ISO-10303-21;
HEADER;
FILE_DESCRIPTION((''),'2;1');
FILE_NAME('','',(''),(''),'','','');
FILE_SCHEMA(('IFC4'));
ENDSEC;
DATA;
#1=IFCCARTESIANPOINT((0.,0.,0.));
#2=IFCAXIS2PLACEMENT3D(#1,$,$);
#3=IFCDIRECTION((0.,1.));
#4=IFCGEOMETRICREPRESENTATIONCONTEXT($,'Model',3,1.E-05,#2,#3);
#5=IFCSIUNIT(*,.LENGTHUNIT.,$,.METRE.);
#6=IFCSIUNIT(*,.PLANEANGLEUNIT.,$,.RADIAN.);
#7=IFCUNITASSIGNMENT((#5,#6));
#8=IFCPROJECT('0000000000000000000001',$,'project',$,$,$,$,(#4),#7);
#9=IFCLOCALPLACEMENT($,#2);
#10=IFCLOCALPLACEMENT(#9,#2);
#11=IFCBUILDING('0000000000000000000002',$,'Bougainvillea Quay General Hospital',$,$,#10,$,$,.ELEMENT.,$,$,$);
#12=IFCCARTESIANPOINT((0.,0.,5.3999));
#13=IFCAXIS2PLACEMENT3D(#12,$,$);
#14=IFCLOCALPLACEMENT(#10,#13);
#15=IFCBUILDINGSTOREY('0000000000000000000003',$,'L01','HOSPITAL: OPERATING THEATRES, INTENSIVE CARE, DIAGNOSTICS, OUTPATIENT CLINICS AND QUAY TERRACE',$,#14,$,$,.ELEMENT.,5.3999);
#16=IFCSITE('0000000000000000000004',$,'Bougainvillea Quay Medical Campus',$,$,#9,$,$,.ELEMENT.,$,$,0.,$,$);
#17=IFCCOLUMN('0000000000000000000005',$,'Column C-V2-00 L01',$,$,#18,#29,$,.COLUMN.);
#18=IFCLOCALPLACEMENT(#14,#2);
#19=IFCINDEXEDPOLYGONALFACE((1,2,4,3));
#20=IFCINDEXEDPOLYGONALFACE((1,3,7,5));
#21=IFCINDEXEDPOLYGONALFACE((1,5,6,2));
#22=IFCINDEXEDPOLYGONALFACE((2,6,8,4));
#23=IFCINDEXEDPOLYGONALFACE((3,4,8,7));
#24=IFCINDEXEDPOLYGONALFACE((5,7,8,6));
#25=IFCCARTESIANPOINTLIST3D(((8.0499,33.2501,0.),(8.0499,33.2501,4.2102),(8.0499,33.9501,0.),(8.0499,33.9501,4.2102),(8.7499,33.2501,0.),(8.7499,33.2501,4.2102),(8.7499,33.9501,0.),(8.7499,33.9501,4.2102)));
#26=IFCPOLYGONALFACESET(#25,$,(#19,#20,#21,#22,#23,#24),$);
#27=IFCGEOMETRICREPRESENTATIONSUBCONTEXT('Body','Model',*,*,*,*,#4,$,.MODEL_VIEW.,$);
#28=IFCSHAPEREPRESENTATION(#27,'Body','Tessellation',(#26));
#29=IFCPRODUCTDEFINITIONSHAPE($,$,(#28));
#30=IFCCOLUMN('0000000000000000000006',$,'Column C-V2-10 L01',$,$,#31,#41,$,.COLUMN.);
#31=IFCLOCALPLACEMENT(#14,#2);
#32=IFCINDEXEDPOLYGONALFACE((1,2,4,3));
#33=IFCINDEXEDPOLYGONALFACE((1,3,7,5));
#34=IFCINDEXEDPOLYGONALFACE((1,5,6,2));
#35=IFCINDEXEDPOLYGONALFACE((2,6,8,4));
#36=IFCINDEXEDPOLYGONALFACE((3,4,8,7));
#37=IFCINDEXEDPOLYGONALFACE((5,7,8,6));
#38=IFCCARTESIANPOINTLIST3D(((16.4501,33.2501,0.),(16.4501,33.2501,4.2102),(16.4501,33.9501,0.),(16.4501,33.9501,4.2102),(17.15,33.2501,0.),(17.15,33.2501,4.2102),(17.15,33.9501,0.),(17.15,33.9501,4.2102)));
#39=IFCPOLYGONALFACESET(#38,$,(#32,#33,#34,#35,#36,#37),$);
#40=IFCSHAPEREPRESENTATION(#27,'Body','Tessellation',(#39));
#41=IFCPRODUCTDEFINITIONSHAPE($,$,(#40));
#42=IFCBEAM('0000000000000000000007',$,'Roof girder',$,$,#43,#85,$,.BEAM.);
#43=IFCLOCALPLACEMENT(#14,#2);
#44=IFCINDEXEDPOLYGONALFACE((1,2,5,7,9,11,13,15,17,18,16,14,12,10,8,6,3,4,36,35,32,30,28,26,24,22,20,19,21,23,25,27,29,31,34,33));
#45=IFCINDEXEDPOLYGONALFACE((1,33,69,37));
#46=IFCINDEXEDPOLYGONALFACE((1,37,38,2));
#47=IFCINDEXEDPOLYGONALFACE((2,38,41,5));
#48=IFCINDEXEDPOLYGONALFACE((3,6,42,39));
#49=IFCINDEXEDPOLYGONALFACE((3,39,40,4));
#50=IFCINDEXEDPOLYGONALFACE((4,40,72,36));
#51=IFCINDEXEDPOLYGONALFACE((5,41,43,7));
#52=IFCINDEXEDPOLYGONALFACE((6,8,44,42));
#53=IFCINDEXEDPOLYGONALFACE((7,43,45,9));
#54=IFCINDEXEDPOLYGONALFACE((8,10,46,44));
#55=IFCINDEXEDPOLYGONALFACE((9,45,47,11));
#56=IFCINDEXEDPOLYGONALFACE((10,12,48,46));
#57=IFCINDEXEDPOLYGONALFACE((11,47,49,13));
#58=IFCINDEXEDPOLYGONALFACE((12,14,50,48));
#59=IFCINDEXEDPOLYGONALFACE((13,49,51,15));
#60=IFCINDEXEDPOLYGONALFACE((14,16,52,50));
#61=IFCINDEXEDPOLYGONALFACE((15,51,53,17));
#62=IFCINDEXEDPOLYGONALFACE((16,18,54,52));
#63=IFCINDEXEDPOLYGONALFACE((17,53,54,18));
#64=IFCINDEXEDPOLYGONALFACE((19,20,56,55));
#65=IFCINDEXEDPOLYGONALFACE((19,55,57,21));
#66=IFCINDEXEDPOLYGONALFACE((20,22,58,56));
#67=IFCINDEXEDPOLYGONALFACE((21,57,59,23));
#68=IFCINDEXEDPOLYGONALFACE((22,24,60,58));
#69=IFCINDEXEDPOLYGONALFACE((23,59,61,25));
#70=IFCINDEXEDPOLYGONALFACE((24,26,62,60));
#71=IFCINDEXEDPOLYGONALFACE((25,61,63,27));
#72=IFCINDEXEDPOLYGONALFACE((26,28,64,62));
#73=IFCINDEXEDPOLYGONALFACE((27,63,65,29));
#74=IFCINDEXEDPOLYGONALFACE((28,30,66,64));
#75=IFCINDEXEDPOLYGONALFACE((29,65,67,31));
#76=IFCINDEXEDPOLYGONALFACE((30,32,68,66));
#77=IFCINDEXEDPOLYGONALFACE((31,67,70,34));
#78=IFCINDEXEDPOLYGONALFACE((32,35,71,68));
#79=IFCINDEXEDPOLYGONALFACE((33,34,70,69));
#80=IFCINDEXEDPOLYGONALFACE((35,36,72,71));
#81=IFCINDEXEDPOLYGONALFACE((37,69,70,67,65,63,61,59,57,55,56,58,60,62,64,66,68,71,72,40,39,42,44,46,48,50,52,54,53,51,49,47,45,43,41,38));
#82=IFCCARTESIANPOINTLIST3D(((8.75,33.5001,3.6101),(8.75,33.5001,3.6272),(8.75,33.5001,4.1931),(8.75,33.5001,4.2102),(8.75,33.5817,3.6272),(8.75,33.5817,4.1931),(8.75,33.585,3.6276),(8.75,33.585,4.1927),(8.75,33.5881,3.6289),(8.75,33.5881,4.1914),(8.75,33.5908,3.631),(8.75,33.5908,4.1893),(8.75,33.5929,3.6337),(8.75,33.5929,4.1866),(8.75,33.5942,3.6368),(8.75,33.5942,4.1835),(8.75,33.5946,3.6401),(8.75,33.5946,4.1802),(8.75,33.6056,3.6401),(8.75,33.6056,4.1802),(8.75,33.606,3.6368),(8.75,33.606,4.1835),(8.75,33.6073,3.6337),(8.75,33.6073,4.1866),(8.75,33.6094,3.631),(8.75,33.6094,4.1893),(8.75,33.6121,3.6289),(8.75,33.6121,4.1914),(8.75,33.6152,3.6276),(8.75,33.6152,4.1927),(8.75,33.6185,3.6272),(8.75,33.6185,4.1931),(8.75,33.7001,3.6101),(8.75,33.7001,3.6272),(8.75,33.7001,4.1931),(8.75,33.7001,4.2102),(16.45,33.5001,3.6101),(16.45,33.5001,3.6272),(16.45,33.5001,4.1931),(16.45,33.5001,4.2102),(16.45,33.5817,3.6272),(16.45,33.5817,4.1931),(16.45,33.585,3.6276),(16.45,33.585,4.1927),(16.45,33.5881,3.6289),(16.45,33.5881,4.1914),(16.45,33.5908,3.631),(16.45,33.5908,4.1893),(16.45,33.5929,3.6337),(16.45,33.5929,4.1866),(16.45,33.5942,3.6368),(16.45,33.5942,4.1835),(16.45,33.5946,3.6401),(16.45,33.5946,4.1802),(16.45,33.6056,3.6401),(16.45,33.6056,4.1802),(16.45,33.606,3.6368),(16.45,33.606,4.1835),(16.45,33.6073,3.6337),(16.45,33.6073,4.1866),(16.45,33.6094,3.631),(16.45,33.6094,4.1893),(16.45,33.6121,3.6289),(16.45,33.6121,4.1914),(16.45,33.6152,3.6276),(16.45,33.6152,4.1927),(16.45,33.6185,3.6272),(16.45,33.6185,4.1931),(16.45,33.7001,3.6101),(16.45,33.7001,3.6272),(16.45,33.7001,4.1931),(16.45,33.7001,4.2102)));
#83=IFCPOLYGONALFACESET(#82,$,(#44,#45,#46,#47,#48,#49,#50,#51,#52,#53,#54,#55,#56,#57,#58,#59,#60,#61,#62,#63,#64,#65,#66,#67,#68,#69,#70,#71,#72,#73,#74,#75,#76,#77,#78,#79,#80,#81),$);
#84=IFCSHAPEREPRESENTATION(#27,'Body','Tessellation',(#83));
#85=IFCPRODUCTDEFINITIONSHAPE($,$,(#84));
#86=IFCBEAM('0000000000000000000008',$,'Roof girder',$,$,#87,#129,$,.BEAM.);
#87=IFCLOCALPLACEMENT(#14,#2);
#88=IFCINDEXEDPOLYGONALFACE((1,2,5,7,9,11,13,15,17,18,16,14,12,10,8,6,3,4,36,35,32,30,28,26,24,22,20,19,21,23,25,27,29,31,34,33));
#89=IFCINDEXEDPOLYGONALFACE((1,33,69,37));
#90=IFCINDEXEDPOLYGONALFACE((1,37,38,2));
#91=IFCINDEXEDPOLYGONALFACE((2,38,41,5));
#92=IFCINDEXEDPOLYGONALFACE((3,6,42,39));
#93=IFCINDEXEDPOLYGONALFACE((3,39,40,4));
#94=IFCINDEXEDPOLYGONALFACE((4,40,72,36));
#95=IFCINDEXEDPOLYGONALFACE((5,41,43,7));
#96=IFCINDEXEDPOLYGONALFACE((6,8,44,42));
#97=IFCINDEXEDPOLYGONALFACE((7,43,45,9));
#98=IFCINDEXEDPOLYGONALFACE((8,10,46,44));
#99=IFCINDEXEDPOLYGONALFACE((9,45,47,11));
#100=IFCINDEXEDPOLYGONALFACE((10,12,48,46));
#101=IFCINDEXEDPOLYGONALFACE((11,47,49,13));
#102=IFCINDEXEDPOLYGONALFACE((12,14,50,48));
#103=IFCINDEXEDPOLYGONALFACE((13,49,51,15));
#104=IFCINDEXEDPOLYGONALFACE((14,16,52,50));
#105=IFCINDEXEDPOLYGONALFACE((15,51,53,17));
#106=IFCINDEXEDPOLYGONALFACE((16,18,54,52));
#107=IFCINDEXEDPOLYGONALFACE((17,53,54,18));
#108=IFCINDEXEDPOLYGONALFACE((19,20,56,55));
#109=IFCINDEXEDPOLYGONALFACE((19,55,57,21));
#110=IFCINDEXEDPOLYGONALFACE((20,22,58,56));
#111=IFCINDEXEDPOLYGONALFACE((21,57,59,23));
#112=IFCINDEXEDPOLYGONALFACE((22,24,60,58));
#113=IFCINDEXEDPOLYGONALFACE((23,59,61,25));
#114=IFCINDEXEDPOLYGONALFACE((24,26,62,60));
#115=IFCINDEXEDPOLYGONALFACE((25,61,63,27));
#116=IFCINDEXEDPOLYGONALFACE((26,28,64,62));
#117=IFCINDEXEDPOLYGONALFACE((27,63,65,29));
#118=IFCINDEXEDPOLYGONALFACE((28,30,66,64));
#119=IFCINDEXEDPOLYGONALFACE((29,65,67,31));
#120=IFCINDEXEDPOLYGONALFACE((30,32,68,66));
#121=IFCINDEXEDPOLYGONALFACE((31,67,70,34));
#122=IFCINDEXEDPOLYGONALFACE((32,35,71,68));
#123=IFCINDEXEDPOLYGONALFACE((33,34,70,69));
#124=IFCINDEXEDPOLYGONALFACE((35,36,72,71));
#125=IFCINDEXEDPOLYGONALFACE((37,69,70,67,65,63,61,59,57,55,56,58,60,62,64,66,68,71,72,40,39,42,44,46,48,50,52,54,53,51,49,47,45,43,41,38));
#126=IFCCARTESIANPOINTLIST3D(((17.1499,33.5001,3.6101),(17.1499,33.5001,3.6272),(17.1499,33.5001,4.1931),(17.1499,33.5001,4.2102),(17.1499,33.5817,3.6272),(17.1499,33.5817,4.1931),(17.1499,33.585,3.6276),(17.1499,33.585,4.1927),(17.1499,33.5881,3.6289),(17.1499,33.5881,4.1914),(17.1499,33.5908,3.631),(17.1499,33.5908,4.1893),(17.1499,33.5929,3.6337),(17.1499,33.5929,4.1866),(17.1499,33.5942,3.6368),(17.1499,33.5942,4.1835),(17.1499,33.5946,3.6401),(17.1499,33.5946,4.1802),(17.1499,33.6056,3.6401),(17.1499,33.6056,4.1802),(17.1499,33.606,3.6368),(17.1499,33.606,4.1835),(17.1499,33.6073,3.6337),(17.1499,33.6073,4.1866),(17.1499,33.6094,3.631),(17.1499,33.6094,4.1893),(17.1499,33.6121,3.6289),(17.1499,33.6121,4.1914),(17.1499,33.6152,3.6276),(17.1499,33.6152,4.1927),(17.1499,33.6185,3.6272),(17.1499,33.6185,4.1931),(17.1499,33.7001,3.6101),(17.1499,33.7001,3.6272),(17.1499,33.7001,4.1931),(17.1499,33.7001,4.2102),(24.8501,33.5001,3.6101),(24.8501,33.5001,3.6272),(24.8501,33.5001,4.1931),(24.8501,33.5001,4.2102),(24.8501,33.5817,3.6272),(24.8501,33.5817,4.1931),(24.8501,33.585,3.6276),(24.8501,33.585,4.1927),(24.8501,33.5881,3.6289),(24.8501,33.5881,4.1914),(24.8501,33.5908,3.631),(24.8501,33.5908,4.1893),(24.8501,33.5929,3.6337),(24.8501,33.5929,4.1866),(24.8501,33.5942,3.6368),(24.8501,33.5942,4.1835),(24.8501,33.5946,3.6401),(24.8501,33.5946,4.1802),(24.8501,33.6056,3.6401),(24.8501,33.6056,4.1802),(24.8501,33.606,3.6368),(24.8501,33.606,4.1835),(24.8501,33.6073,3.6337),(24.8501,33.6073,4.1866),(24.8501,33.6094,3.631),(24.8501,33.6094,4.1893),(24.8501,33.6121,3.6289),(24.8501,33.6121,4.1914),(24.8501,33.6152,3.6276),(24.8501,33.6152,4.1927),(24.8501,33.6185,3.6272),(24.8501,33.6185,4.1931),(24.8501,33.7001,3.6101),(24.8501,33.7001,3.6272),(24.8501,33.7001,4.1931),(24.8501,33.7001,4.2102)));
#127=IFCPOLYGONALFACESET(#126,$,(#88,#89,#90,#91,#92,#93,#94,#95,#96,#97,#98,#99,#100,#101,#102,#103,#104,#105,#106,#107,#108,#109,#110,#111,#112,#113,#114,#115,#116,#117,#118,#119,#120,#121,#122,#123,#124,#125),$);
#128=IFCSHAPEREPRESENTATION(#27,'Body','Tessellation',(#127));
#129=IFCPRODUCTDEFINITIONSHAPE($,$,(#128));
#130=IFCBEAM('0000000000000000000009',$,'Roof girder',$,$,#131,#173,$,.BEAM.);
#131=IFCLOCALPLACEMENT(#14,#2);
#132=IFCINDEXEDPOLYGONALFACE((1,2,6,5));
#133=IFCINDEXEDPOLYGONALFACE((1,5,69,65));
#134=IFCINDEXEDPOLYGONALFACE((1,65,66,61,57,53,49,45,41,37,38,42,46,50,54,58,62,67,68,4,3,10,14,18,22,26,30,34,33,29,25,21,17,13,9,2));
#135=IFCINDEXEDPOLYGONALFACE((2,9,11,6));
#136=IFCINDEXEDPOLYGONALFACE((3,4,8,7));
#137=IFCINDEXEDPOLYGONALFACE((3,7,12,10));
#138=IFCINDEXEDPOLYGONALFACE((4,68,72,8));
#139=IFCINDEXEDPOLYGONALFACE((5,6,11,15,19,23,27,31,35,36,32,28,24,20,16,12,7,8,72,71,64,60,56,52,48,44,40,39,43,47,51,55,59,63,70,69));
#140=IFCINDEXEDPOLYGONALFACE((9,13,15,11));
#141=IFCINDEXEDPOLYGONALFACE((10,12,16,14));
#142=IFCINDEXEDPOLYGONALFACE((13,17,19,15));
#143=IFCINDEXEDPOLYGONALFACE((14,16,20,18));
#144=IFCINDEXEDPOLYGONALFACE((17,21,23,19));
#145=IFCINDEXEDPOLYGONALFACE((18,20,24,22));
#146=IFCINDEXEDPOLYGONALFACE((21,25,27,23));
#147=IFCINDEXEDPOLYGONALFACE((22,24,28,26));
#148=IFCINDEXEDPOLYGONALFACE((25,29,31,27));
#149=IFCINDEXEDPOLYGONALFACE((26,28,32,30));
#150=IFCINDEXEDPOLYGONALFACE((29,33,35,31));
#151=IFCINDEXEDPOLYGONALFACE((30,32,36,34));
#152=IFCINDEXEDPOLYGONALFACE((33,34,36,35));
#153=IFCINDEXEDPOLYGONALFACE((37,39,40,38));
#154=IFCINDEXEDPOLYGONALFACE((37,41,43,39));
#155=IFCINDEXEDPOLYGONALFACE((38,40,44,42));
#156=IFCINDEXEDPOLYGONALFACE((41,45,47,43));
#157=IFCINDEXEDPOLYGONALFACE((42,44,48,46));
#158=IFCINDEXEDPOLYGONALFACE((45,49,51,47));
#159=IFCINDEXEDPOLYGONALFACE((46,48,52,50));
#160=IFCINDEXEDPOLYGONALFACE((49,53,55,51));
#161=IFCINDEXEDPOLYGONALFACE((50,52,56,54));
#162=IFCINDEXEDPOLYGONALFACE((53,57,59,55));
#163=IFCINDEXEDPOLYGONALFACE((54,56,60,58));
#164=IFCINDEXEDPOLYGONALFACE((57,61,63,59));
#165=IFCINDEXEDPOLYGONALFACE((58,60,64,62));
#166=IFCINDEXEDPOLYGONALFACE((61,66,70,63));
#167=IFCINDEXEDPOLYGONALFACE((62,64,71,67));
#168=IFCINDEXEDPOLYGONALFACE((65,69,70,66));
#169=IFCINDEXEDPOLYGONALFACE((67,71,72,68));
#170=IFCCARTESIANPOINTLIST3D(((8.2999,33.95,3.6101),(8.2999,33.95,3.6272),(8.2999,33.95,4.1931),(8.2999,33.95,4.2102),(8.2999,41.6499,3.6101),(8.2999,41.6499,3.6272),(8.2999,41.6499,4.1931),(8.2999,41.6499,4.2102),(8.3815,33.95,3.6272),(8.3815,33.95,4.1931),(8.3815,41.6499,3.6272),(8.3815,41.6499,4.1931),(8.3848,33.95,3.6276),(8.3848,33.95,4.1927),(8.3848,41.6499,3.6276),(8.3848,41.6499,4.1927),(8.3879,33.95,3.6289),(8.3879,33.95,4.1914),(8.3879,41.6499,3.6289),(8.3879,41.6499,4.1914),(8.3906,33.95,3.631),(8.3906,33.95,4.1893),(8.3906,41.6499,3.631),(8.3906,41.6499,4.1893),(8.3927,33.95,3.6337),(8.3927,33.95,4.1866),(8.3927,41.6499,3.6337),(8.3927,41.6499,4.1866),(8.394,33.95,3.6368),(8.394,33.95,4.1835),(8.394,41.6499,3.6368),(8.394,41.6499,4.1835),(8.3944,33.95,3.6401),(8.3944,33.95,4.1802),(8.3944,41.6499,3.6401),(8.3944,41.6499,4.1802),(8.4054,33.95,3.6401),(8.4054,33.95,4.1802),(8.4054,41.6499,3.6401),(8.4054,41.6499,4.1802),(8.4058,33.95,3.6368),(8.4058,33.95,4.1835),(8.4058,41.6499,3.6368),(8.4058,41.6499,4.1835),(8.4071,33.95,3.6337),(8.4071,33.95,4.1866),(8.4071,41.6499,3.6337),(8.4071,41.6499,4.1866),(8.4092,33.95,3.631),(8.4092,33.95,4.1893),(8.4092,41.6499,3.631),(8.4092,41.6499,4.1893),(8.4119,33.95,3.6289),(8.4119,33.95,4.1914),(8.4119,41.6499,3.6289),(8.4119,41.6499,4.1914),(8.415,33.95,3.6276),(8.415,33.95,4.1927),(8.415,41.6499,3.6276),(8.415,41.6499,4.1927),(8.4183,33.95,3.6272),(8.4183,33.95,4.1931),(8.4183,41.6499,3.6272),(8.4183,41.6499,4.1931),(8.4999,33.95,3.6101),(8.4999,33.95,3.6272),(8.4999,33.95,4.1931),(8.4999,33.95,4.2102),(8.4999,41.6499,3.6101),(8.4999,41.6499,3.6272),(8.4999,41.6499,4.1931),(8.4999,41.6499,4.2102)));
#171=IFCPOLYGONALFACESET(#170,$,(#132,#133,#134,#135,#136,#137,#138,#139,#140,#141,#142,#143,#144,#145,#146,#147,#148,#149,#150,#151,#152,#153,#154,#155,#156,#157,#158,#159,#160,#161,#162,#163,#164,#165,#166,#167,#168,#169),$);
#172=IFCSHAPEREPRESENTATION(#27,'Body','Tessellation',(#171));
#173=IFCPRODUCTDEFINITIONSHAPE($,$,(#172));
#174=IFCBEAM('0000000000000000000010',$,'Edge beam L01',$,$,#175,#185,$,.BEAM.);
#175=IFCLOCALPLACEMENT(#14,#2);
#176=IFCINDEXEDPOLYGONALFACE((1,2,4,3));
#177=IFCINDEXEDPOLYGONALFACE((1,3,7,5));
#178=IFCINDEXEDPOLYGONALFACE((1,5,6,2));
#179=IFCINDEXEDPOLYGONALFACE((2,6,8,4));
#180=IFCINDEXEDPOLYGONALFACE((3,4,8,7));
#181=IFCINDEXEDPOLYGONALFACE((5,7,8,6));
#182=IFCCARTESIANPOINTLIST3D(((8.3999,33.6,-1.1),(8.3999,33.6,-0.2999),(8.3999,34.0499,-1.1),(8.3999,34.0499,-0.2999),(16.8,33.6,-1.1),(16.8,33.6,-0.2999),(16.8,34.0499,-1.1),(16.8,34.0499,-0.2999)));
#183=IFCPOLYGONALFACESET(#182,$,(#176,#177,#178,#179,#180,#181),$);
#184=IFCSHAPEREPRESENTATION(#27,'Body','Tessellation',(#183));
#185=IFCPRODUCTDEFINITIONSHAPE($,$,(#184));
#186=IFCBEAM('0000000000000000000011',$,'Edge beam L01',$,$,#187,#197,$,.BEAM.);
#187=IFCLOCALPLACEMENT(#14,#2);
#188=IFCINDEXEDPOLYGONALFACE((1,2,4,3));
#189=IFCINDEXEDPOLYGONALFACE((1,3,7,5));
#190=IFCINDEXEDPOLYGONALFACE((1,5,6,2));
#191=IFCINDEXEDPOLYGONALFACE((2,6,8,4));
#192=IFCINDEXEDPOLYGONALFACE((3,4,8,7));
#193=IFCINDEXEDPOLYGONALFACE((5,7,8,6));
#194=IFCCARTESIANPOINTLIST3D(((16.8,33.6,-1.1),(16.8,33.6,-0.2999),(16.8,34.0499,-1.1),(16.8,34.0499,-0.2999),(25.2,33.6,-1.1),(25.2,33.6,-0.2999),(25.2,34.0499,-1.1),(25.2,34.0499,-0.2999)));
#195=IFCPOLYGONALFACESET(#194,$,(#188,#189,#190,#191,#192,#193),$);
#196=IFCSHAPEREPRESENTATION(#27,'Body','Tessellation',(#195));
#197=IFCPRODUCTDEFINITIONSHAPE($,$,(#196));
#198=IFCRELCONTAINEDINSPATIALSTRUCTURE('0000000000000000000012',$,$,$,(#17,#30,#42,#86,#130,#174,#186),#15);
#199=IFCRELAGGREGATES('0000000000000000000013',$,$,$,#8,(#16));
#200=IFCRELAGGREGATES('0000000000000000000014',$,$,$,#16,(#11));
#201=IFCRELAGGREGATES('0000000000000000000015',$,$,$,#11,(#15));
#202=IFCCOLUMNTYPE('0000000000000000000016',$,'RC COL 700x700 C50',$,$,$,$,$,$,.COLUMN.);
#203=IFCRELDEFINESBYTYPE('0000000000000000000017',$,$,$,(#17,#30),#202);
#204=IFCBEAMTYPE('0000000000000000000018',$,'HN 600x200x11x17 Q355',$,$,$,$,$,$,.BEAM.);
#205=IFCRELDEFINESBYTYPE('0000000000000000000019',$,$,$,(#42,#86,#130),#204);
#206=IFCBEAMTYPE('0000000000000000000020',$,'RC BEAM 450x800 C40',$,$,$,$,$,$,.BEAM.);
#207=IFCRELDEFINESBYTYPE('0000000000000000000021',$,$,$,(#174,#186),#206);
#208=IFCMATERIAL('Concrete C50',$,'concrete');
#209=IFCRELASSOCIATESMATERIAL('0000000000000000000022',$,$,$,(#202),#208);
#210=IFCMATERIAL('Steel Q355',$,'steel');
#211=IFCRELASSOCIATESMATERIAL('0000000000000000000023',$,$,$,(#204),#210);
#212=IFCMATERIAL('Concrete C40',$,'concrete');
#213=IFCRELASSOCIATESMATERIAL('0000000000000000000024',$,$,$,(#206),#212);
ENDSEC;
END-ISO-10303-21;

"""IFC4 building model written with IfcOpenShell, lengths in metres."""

from ifc_helpers import new_model, si_unit, direction, frame, origin, origin_2d, place, context, subcontext, project, spatial, rectangle, i_section, extrude, material, material_profile, profile_set, type_object, element, save


model = new_model("IFC4")

# Units and contexts
model_context = context("Model", 3, precision=1e-05, world=origin(), true_north=direction((0.0, 1.0)))
body_context = subcontext(model_context, "Body", "Model", "MODEL_VIEW")
ifc_project = project(units=[si_unit("LENGTHUNIT", "METRE"), si_unit("PLANEANGLEUNIT", "RADIAN")], contexts=[model_context])

# Site, building, storey
site_placement = place(None, origin())
site = spatial("IfcSite", under=ifc_project, at=site_placement, Name="Bougainvillea Quay Medical Campus", CompositionType="ELEMENT", RefElevation=0.0)
building_placement = place(site_placement, origin())
building = spatial("IfcBuilding", under=site, at=building_placement, Name="Bougainvillea Quay General Hospital", CompositionType="ELEMENT")
storey_placement = place(building_placement, frame((0.0, 0.0, 5.3999)))
storey = spatial("IfcBuildingStorey", under=building, at=storey_placement, Name="L01", Description="HOSPITAL: OPERATING THEATRES, INTENSIVE CARE, DIAGNOSTICS, OUTPATIENT CLINICS AND QUAY TERRACE", CompositionType="ELEMENT", Elevation=5.3999)

# Columns
ifc_material_1 = material(Name="Concrete C50", Category="concrete")
ifc_material_profile_1 = material_profile(ifc_material_1, rectangle(XDim=0.7, YDim=0.7, at=origin_2d()))
ifc_profile_set_1 = profile_set([ifc_material_profile_1], Name="Concrete C50")
column_type = type_object("IfcColumnType", Name="RC COL 700x700 C50", PredefinedType="COLUMN", material=ifc_profile_set_1)
for number, where, z_axis, x_axis, name in (
    (1, (8.3999, 33.6001, 0.0), (0.0, 0.0, 1.0), (1.0, 0.0, 0.0), "Column C-V2-00 L01"),
    (2, (16.8, 33.6001, 0.0), (0.0, 0.0, 1.0), (1.0, 0.0, 0.0), "Column C-V2-10 L01"),
):
    element("IfcColumn", number, at=place(storey_placement, frame(where, z_axis=z_axis, x_axis=x_axis)), inside=storey, type_object=column_type, Name=name, PredefinedType="COLUMN", context=body_context, shape_type="SweptSolid", body=[
        extrude(rectangle(XDim=0.7, YDim=0.7, at=origin_2d()), origin(), (0.0, 0.0, 1.0), 4.2102),
    ])

# Beams
ifc_material_2 = material(Name="Steel Q355", Category="steel")
ifc_material_profile_2 = material_profile(ifc_material_2, i_section(OverallWidth=0.2, OverallDepth=0.6001, WebThickness=0.011, FlangeThickness=0.0171, FilletRadius=0.0129, at=origin_2d()))
ifc_profile_set_2 = profile_set([ifc_material_profile_2], Name="Steel Q355")
beam_type_1 = type_object("IfcBeamType", Name="HN 600x200x11x17 Q355", PredefinedType="BEAM", material=ifc_profile_set_2)
beam_1_placement = place(storey_placement, frame((8.75, 33.6001, 3.9102), z_axis=(1.0, 0.0, 0.0), x_axis=(0.0, 1.0, 0.0)))
element("IfcBeam", 3, at=beam_1_placement, inside=storey, type_object=beam_type_1, Name="Roof girder", PredefinedType="BEAM", context=body_context, shape_type="SweptSolid", body=[
    extrude(i_section(OverallWidth=0.2, OverallDepth=0.6001, WebThickness=0.011, FlangeThickness=0.0171, FilletRadius=0.0129, at=origin_2d()), origin(), (0.0, 0.0, 1.0), 7.7),
])
beam_2_placement = place(storey_placement, frame((17.1499, 33.6001, 3.9102), z_axis=(1.0, 0.0, 0.0), x_axis=(0.0, 1.0, 0.0)))
element("IfcBeam", 4, at=beam_2_placement, inside=storey, type_object=beam_type_1, Name="Roof girder", PredefinedType="BEAM", context=body_context, shape_type="SweptSolid", body=[
    extrude(i_section(OverallWidth=0.2, OverallDepth=0.6001, WebThickness=0.011, FlangeThickness=0.0171, FilletRadius=0.0129, at=origin_2d()), origin(), (0.0, 0.0, 1.0), 7.7002),
])
beam_3_placement = place(storey_placement, frame((8.3999, 33.95, 3.9102), z_axis=(0.0, 1.0, 0.0), x_axis=(-1.0, 0.0, 0.0)))
element("IfcBeam", 5, at=beam_3_placement, inside=storey, type_object=beam_type_1, Name="Roof girder", PredefinedType="BEAM", context=body_context, shape_type="SweptSolid", body=[
    extrude(i_section(OverallWidth=0.2, OverallDepth=0.6001, WebThickness=0.011, FlangeThickness=0.0171, FilletRadius=0.0129, at=origin_2d()), origin(), (0.0, 0.0, 1.0), 7.7),
])
ifc_material_3 = material(Name="Concrete C40", Category="concrete")
ifc_material_profile_3 = material_profile(ifc_material_3, rectangle(XDim=0.45, YDim=0.8, at=origin_2d()))
ifc_profile_set_3 = profile_set([ifc_material_profile_3], Name="Concrete C40")
beam_type_2 = type_object("IfcBeamType", Name="RC BEAM 450x800 C40", PredefinedType="BEAM", material=ifc_profile_set_3)
beam_4_placement = place(storey_placement, frame((8.3999, 33.825, -0.7), z_axis=(1.0, 0.0, 0.0), x_axis=(0.0, 1.0, 0.0)))
element("IfcBeam", 6, at=beam_4_placement, inside=storey, type_object=beam_type_2, Name="Edge beam L01", PredefinedType="BEAM", context=body_context, shape_type="SweptSolid", body=[
    extrude(rectangle(XDim=0.45, YDim=0.8, at=origin_2d()), origin(), (0.0, 0.0, 1.0), 8.4001),
])
beam_5_placement = place(storey_placement, frame((16.8, 33.825, -0.7), z_axis=(1.0, 0.0, 0.0), x_axis=(0.0, 1.0, 0.0)))
element("IfcBeam", 7, at=beam_5_placement, inside=storey, type_object=beam_type_2, Name="Edge beam L01", PredefinedType="BEAM", context=body_context, shape_type="SweptSolid", body=[
    extrude(rectangle(XDim=0.45, YDim=0.8, at=origin_2d()), origin(), (0.0, 0.0, 1.0), 8.3999),
])

save(model, "model.ifc")
